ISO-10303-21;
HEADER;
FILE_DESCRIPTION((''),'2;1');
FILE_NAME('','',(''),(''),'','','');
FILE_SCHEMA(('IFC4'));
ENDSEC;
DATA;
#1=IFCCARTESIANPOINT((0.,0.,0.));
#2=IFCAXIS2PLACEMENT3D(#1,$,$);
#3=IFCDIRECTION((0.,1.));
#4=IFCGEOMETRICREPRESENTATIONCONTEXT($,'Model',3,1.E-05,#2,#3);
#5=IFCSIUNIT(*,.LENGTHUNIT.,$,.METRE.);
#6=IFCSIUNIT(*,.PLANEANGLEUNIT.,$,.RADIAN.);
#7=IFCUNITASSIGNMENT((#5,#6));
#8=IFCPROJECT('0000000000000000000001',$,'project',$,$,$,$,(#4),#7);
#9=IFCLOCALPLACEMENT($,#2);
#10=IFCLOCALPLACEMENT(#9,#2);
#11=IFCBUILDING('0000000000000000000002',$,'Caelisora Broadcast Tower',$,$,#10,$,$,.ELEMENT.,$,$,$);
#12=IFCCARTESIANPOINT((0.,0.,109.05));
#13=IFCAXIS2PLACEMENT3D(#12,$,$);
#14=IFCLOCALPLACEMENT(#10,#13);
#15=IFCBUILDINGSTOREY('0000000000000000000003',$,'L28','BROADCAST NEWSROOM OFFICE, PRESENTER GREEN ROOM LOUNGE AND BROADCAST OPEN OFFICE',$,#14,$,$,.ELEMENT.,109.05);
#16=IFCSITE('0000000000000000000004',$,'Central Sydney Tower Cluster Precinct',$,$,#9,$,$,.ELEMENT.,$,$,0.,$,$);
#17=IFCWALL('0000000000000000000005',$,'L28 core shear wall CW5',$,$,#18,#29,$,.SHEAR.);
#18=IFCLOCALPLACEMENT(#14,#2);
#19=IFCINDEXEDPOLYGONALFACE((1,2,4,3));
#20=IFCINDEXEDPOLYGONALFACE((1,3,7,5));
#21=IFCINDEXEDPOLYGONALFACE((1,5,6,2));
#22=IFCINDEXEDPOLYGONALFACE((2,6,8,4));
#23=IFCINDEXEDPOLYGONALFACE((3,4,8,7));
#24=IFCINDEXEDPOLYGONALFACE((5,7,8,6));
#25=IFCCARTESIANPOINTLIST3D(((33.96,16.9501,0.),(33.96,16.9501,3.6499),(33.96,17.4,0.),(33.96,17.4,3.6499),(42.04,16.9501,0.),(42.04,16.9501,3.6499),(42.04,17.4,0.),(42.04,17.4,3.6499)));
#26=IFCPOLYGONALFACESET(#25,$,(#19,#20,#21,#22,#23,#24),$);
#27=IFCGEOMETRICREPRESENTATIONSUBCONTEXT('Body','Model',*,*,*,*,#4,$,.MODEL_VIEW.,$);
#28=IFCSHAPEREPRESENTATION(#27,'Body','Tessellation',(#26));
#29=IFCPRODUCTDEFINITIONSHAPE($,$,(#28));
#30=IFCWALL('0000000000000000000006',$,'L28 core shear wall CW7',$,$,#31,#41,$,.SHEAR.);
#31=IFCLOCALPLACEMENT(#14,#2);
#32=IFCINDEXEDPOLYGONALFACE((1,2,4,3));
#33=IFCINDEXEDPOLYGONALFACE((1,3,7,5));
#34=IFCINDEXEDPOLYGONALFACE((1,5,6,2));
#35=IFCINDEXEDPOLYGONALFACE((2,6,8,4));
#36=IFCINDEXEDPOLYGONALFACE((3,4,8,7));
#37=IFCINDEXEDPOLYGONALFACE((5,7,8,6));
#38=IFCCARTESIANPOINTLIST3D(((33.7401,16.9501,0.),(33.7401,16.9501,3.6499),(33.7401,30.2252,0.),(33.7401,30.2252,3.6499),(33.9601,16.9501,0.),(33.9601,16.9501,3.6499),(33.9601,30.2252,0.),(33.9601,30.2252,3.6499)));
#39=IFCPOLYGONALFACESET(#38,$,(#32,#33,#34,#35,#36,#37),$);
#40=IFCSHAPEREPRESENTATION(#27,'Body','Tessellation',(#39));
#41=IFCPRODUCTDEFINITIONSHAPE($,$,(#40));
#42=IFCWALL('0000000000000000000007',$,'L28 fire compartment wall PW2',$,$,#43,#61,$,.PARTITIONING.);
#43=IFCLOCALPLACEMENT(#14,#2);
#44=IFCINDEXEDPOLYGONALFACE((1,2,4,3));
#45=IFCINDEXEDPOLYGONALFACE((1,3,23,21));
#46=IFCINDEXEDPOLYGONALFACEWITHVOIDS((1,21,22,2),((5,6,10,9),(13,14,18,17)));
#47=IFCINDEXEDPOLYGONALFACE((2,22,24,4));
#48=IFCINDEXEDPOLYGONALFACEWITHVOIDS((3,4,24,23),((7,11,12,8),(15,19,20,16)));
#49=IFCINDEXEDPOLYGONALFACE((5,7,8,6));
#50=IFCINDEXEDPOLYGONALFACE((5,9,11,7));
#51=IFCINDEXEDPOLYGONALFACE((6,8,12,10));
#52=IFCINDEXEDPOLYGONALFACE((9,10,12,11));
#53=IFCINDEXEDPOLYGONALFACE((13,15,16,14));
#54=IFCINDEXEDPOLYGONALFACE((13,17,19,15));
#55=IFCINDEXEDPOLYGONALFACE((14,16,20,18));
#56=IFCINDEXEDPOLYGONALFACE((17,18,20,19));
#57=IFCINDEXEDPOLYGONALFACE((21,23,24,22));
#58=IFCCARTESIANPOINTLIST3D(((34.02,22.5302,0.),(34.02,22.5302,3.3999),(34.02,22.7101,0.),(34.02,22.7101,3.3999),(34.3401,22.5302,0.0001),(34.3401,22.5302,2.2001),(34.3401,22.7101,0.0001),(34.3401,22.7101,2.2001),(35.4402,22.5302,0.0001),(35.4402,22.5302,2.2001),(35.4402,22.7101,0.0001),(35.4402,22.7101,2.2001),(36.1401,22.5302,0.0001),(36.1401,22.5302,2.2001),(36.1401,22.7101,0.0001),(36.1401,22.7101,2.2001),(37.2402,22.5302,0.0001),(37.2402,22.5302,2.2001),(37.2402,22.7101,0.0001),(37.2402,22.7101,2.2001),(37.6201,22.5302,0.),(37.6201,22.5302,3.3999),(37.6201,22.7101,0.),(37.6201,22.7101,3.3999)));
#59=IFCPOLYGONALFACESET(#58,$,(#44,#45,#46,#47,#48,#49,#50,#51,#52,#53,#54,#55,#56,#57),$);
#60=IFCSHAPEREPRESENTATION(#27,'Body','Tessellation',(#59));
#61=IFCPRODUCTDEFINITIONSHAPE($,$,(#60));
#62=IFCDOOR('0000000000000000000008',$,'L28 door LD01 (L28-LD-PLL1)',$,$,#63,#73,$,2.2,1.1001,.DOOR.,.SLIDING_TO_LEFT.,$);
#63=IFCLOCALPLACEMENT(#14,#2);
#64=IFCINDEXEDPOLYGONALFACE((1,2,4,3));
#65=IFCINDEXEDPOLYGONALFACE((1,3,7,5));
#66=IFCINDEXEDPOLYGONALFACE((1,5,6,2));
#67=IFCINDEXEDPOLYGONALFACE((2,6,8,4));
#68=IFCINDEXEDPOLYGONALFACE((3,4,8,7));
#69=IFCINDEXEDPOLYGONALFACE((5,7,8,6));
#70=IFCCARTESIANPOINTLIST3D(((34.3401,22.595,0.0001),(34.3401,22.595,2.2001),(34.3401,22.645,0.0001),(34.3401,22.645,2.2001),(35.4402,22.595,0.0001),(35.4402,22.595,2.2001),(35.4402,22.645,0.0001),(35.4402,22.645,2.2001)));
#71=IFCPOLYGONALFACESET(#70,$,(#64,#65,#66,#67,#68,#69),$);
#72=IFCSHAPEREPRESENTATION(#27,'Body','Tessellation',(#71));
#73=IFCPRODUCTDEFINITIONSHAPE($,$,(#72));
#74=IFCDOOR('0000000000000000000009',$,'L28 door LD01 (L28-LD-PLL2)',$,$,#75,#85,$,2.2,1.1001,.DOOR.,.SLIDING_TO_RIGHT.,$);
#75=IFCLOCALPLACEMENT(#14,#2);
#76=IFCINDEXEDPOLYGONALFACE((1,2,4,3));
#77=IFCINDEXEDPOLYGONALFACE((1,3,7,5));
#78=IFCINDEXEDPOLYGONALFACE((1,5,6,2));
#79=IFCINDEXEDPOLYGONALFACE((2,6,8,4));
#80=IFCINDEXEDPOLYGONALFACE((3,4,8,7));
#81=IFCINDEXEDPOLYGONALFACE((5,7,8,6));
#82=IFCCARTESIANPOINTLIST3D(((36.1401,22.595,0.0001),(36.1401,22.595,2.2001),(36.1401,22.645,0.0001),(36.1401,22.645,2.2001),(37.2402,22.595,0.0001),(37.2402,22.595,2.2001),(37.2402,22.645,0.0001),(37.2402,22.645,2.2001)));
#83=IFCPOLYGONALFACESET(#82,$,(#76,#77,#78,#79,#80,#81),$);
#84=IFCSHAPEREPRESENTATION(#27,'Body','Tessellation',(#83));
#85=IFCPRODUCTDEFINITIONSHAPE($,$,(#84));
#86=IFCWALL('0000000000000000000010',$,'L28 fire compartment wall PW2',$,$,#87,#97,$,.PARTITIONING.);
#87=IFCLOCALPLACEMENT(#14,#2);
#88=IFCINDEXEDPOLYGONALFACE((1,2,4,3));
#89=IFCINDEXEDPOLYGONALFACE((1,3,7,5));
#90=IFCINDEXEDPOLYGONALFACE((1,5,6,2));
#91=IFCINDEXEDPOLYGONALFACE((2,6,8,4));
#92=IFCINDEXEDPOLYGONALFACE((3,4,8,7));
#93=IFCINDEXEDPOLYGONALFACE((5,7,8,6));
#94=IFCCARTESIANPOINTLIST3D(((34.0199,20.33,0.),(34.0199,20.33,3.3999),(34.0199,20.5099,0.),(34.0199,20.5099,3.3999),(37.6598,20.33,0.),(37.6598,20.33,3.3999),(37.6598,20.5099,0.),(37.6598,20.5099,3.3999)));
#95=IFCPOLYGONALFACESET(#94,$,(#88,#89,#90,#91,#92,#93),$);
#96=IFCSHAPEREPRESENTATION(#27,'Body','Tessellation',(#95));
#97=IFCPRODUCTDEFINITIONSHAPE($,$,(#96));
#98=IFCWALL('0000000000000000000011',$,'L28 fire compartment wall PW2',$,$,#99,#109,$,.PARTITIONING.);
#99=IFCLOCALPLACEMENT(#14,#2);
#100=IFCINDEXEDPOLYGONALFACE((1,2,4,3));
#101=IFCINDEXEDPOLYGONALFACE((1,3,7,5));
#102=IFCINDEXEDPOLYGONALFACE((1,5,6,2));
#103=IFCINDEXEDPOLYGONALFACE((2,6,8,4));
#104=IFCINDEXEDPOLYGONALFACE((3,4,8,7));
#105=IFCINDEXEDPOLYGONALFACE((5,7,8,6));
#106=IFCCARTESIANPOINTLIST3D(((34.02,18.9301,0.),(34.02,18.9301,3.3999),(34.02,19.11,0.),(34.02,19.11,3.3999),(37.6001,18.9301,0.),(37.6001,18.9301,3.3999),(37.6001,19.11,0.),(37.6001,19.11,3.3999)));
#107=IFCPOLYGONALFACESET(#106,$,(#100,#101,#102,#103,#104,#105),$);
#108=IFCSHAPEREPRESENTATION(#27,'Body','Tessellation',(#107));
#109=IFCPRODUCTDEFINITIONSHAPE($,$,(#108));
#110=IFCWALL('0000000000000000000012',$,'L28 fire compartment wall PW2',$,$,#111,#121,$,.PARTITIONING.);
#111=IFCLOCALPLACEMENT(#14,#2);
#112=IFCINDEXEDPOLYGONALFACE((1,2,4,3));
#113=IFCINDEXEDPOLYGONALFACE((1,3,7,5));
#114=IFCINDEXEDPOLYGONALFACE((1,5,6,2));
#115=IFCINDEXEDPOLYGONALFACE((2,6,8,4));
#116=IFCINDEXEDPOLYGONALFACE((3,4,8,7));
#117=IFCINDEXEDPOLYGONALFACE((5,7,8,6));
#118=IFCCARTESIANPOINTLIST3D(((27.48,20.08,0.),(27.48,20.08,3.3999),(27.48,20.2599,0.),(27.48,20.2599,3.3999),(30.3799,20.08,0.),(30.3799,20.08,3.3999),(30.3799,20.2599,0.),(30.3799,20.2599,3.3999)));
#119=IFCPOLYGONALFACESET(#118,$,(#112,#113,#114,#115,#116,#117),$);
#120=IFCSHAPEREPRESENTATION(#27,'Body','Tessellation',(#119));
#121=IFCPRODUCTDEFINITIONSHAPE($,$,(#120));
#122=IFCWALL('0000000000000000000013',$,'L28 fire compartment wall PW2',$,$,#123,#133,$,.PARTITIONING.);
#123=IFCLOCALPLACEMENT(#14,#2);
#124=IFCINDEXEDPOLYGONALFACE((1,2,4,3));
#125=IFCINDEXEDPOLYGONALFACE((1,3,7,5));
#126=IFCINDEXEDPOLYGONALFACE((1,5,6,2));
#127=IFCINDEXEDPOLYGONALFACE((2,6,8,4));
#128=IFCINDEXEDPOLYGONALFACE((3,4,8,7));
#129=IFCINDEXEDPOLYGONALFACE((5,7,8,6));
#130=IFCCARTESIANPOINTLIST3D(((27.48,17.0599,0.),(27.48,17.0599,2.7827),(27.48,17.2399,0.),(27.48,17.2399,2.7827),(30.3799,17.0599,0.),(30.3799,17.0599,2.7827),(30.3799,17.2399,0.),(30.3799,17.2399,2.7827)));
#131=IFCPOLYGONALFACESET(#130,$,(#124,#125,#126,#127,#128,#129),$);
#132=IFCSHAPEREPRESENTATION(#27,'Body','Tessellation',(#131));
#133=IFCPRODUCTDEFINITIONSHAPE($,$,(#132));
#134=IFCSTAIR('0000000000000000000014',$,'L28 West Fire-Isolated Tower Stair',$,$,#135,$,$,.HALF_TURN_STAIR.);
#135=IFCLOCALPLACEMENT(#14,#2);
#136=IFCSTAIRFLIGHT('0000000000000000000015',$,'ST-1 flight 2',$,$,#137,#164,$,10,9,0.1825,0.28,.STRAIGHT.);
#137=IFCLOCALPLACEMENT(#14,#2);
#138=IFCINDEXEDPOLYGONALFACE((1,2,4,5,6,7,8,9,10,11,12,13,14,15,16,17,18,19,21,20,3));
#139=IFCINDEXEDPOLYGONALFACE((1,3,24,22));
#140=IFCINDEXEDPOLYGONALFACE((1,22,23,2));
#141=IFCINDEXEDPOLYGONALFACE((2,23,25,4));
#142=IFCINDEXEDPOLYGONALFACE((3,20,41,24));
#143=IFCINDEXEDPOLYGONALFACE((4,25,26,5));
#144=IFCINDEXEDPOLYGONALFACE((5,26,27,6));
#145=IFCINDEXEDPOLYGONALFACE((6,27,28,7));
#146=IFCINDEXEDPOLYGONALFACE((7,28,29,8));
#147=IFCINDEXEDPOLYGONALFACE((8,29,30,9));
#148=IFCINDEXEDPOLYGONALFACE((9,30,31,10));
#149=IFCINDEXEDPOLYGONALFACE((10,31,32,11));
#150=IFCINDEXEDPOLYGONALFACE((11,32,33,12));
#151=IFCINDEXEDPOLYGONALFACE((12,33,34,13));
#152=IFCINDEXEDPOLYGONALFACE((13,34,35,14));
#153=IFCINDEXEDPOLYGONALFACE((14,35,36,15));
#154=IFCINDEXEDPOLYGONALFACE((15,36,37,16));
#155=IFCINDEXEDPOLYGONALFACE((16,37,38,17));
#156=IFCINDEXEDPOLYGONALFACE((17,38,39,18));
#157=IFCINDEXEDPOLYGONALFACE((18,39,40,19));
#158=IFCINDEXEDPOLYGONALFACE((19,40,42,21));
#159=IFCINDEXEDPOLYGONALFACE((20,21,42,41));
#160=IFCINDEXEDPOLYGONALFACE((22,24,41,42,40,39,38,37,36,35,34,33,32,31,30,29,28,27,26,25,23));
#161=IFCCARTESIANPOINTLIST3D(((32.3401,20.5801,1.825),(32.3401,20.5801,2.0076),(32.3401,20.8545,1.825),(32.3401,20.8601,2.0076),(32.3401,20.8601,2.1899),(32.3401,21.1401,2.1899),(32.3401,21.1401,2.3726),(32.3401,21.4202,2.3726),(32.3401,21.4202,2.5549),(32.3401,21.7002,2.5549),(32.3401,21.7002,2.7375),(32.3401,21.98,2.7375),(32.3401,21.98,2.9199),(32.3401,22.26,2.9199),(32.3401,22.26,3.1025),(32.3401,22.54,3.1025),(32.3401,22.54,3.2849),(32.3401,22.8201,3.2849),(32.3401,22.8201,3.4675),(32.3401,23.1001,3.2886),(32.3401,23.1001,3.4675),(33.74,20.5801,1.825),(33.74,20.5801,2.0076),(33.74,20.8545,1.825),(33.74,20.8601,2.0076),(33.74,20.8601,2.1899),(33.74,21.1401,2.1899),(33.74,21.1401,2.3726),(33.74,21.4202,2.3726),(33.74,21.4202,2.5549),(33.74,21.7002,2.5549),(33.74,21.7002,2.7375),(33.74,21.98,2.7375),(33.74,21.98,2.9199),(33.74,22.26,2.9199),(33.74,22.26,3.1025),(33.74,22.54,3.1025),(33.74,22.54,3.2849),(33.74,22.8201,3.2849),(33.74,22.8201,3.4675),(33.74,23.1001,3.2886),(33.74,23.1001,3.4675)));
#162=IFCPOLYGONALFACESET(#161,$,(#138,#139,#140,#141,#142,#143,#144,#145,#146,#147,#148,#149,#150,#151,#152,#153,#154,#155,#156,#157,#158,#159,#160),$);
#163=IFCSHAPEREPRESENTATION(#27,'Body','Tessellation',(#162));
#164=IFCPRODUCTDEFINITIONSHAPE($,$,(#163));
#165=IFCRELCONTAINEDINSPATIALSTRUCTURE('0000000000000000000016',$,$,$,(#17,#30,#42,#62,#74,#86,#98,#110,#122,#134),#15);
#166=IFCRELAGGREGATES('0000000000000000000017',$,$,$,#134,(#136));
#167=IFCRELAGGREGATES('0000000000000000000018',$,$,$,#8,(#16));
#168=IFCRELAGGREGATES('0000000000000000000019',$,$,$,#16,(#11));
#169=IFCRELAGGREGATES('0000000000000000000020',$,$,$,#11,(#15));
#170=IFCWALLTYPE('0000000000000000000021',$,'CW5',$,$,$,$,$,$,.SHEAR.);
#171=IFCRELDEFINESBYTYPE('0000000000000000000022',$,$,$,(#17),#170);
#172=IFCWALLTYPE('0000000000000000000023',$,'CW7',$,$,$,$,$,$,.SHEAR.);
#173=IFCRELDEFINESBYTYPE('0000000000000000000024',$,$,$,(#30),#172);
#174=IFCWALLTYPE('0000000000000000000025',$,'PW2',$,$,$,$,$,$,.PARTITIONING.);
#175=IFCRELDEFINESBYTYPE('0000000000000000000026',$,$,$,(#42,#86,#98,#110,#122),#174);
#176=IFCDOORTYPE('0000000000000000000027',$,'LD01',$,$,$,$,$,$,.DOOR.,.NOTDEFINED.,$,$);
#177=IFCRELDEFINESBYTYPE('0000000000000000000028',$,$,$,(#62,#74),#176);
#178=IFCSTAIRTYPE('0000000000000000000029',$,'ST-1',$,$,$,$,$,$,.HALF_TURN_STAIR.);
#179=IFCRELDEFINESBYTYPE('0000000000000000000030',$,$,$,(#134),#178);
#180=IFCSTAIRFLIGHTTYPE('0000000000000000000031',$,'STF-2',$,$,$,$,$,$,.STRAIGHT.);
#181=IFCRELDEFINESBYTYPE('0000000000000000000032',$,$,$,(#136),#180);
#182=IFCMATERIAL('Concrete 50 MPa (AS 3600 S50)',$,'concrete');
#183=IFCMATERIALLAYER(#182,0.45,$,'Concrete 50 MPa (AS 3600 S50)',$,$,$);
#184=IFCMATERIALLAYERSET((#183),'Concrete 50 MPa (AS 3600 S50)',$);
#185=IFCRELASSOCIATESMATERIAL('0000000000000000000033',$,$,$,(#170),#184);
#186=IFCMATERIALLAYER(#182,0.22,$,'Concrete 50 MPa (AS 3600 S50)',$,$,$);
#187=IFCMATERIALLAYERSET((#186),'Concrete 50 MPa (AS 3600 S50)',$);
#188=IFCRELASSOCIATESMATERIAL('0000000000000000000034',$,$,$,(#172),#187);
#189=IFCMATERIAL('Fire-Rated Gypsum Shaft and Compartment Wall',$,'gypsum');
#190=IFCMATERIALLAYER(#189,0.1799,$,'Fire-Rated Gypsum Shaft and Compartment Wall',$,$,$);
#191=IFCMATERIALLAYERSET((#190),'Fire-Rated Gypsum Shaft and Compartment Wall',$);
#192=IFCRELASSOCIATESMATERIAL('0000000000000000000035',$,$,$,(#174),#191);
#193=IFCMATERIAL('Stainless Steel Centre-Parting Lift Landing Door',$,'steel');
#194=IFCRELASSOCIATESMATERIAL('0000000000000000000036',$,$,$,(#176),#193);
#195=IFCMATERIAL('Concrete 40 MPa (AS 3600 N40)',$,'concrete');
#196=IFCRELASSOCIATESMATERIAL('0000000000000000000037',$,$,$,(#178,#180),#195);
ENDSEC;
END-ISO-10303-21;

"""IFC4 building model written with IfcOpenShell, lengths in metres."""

from ifc_helpers import new_model, si_unit, direction, frame, frame_2d, origin, place, context, subcontext, project, spatial, polyline, rectangle, outline, extrude, material, layer, layer_set, type_object, element, fill, aggregate, save


model = new_model("IFC4")

# Units and contexts
model_context = context("Model", 3, precision=1e-05, world=origin(), true_north=direction((0.0, 1.0)))
body_context = subcontext(model_context, "Body", "Model", "MODEL_VIEW")
ifc_project = project(units=[si_unit("LENGTHUNIT", "METRE"), si_unit("PLANEANGLEUNIT", "RADIAN")], contexts=[model_context])

# Site, building, storey
site_placement = place(None, origin())
site = spatial("IfcSite", under=ifc_project, at=site_placement, Name="Central Sydney Tower Cluster Precinct", CompositionType="ELEMENT", RefElevation=0.0)
building_placement = place(site_placement, origin())
building = spatial("IfcBuilding", under=site, at=building_placement, Name="Caelisora Broadcast Tower", CompositionType="ELEMENT")
storey_placement = place(building_placement, frame((0.0, 0.0, 109.05)))
storey = spatial("IfcBuildingStorey", under=building, at=storey_placement, Name="L28", Description="BROADCAST NEWSROOM OFFICE, PRESENTER GREEN ROOM LOUNGE AND BROADCAST OPEN OFFICE", CompositionType="ELEMENT", Elevation=109.05)

# Shared definitions
ifc_material_1 = material(Name="Concrete 50 MPa (AS 3600 S50)", Category="concrete")

# Walls
ifc_layer_1 = layer(ifc_material_1, 0.45, Name="Concrete 50 MPa (AS 3600 S50)")
ifc_layer_set_1 = layer_set([ifc_layer_1], Name="Concrete 50 MPa (AS 3600 S50)")
wall_type_1 = type_object("IfcWallType", Name="CW5", PredefinedType="SHEAR", material=ifc_layer_set_1)
wall_1_placement = place(storey_placement, frame((33.96, 17.175, 0.0), z_axis=(0.0, 0.0, 1.0), x_axis=(1.0, 0.0, 0.0)))
element("IfcWall", 1, at=wall_1_placement, inside=storey, type_object=wall_type_1, Name="L28 core shear wall CW5", PredefinedType="SHEAR", context=body_context, shape_type="SweptSolid", body=[
    extrude(rectangle(XDim=8.0801, YDim=0.45, at=frame_2d((4.04, 0.0))), origin(), (0.0, 0.0, 1.0), 3.6499),
])
ifc_layer_2 = layer(ifc_material_1, 0.22, Name="Concrete 50 MPa (AS 3600 S50)")
ifc_layer_set_2 = layer_set([ifc_layer_2], Name="Concrete 50 MPa (AS 3600 S50)")
wall_type_2 = type_object("IfcWallType", Name="CW7", PredefinedType="SHEAR", material=ifc_layer_set_2)
wall_2_placement = place(storey_placement, frame((33.8501, 16.95, 0.0), z_axis=(0.0, 0.0, 1.0), x_axis=(0.0, 1.0, 0.0)))
element("IfcWall", 2, at=wall_2_placement, inside=storey, type_object=wall_type_2, Name="L28 core shear wall CW7", PredefinedType="SHEAR", context=body_context, shape_type="SweptSolid", body=[
    extrude(rectangle(XDim=13.2751, YDim=0.22, at=frame_2d((6.6377, 0.0))), origin(), (0.0, 0.0, 1.0), 3.6499),
])

# Wall, openings, doors
ifc_material_2 = material(Name="Fire-Rated Gypsum Shaft and Compartment Wall", Category="gypsum")
ifc_layer_3 = layer(ifc_material_2, 0.1799, Name="Fire-Rated Gypsum Shaft and Compartment Wall")
ifc_layer_set_3 = layer_set([ifc_layer_3], Name="Fire-Rated Gypsum Shaft and Compartment Wall")
wall_type_3 = type_object("IfcWallType", Name="PW2", PredefinedType="PARTITIONING", material=ifc_layer_set_3)
wall_3_placement = place(storey_placement, frame((34.02, 22.6201, 0.0), z_axis=(0.0, 0.0, 1.0), x_axis=(1.0, 0.0, 0.0)))
wall_3 = element("IfcWall", 3, at=wall_3_placement, inside=storey, type_object=wall_type_3, Name="L28 fire compartment wall PW2", PredefinedType="PARTITIONING", context=body_context, shape_type="SweptSolid", body=[
    extrude(rectangle(XDim=3.6001, YDim=0.1799, at=frame_2d((1.8, 0.0))), origin(), (0.0, 0.0, 1.0), 3.3999),
])
opening_1_placement = place(wall_3_placement, frame((0.3201, 0.0, 0.0)))
opening_1 = element("IfcOpeningElement", 4, at=opening_1_placement, cuts=wall_3, PredefinedType="OPENING", context=body_context, shape_type="SweptSolid", body=[
    extrude(rectangle(XDim=1.1001, YDim=2.2, at=frame_2d((0.55, 1.1001))), frame((0.0, 0.1021, 0.0), z_axis=(0.0, -1.0, 0.0), x_axis=(1.0, 0.0, 0.0)), (0.0, 0.0, 1.0), 0.2039),
])
opening_2_placement = place(wall_3_placement, frame((2.1201, 0.0, 0.0)))
opening_2 = element("IfcOpeningElement", 5, at=opening_2_placement, cuts=wall_3, PredefinedType="OPENING", context=body_context, shape_type="SweptSolid", body=[
    extrude(rectangle(XDim=1.1001, YDim=2.2, at=frame_2d((0.55, 1.1001))), frame((0.0, 0.1021, 0.0), z_axis=(0.0, -1.0, 0.0), x_axis=(1.0, 0.0, 0.0)), (0.0, 0.0, 1.0), 0.2039),
])
ifc_material_3 = material(Name="Stainless Steel Centre-Parting Lift Landing Door", Category="steel")
door_type_1 = type_object("IfcDoorType", Name="LD01", OperationType="NOTDEFINED", PredefinedType="DOOR", material=ifc_material_3)
door_1_placement = place(opening_1_placement, origin())
door_1 = element("IfcDoor", 6, at=door_1_placement, inside=storey, type_object=door_type_1, Name="L28 door LD01 (L28-LD-PLL1)", OperationType="SLIDING_TO_LEFT", OverallHeight=2.2, OverallWidth=1.1001, PredefinedType="DOOR", context=body_context, shape_type="SweptSolid", body=[
    extrude(rectangle(XDim=1.1001, YDim=2.2, at=frame_2d((0.55, 1.1001))), frame((0.0, 0.0249, 0.0), z_axis=(0.0, -1.0, 0.0), x_axis=(1.0, 0.0, 0.0)), (0.0, 0.0, 1.0), 0.05),
])
fill(opening_1, door_1)
door_2_placement = place(opening_2_placement, origin())
door_2 = element("IfcDoor", 7, at=door_2_placement, inside=storey, type_object=door_type_1, Name="L28 door LD01 (L28-LD-PLL2)", OperationType="SLIDING_TO_RIGHT", OverallHeight=2.2, OverallWidth=1.1001, PredefinedType="DOOR", context=body_context, shape_type="SweptSolid", body=[
    extrude(rectangle(XDim=1.1001, YDim=2.2, at=frame_2d((0.55, 1.1001))), frame((0.0, 0.0249, 0.0), z_axis=(0.0, -1.0, 0.0), x_axis=(1.0, 0.0, 0.0)), (0.0, 0.0, 1.0), 0.05),
])
fill(opening_2, door_2)

# Walls
wall_4_placement = place(storey_placement, frame((34.02, 20.4199, 0.0), z_axis=(0.0, 0.0, 1.0), x_axis=(1.0, 0.0, 0.0)))
element("IfcWall", 8, at=wall_4_placement, inside=storey, type_object=wall_type_3, Name="L28 fire compartment wall PW2", PredefinedType="PARTITIONING", context=body_context, shape_type="SweptSolid", body=[
    extrude(rectangle(XDim=3.6399, YDim=0.1799, at=frame_2d((1.8198, 0.0))), origin(), (0.0, 0.0, 1.0), 3.3999),
])
wall_5_placement = place(storey_placement, frame((34.02, 19.02, 0.0), z_axis=(0.0, 0.0, 1.0), x_axis=(1.0, 0.0, 0.0)))
element("IfcWall", 9, at=wall_5_placement, inside=storey, type_object=wall_type_3, Name="L28 fire compartment wall PW2", PredefinedType="PARTITIONING", context=body_context, shape_type="SweptSolid", body=[
    extrude(rectangle(XDim=3.5801, YDim=0.1799, at=frame_2d((1.79, 0.0))), origin(), (0.0, 0.0, 1.0), 3.3999),
])
wall_6_placement = place(storey_placement, frame((27.48, 20.1699, 0.0), z_axis=(0.0, 0.0, 1.0), x_axis=(1.0, 0.0, 0.0)))
element("IfcWall", 10, at=wall_6_placement, inside=storey, type_object=wall_type_3, Name="L28 fire compartment wall PW2", PredefinedType="PARTITIONING", context=body_context, shape_type="SweptSolid", body=[
    extrude(rectangle(XDim=2.8999, YDim=0.1799, at=frame_2d((1.45, 0.0))), origin(), (0.0, 0.0, 1.0), 3.3999),
])

# Wall
wall_7_placement = place(storey_placement, frame((27.48, 17.1499, 0.0), z_axis=(0.0, 0.0, 1.0), x_axis=(1.0, 0.0, 0.0)))
element("IfcWall", 11, at=wall_7_placement, inside=storey, type_object=wall_type_3, Name="L28 fire compartment wall PW2", PredefinedType="PARTITIONING", context=body_context, shape_type="SweptSolid", body=[
    extrude(rectangle(XDim=2.8999, YDim=0.1799, at=frame_2d((1.45, 0.0))), origin(), (0.0, 0.0, 1.0), 2.7827),
])

# Stair, stair flight
ifc_material_4 = material(Name="Concrete 40 MPa (AS 3600 N40)", Category="concrete")
stair_type = type_object("IfcStairType", Name="ST-1", PredefinedType="HALF_TURN_STAIR", material=ifc_material_4)
stair_placement = place(storey_placement, origin())
stair = element("IfcStair", 12, at=stair_placement, inside=storey, type_object=stair_type, Name="L28 West Fire-Isolated Tower Stair", PredefinedType="HALF_TURN_STAIR")
stair_flight_type = type_object("IfcStairFlightType", Name="STF-2", PredefinedType="STRAIGHT", material=ifc_material_4)
stair_flight_placement = place(storey_placement, frame((33.04, 20.5801, 1.825), z_axis=(0.0, 0.0, 1.0), x_axis=(0.0, 1.0, 0.0)))
stair_flight = element("IfcStairFlight", 13, at=stair_flight_placement, type_object=stair_flight_type, Name="ST-1 flight 2", NumberOfRisers=10, NumberOfTreads=9, PredefinedType="STRAIGHT", RiserHeight=0.1825, TreadLength=0.28, context=body_context, shape_type="SweptSolid", body=[
    extrude(outline(polyline([(0.0, 0.0), (0.0, 0.1826), (0.28, 0.1826), (0.28, 0.365), (0.5601, 0.365), (0.5601, 0.5476), (0.8401, 0.5476), (0.8401, 0.73), (1.1201, 0.73), (1.1201, 0.9126), (1.3999, 0.9126), (1.3999, 1.095), (1.6799, 1.095), (1.6799, 1.2776), (1.96, 1.2776), (1.96, 1.46), (2.24, 1.46), (2.24, 1.6426), (2.52, 1.6426), (2.52, 1.825), (2.52, 1.4636), (0.2744, 0.0), (0.0, 0.0)])), frame((0.0, 0.7, 0.0), z_axis=(0.0, -1.0, 0.0), x_axis=(1.0, 0.0, 0.0)), (0.0, 0.0, 1.0), 1.3999),
])
aggregate(stair, [stair_flight])

save(model, "model.ifc")
